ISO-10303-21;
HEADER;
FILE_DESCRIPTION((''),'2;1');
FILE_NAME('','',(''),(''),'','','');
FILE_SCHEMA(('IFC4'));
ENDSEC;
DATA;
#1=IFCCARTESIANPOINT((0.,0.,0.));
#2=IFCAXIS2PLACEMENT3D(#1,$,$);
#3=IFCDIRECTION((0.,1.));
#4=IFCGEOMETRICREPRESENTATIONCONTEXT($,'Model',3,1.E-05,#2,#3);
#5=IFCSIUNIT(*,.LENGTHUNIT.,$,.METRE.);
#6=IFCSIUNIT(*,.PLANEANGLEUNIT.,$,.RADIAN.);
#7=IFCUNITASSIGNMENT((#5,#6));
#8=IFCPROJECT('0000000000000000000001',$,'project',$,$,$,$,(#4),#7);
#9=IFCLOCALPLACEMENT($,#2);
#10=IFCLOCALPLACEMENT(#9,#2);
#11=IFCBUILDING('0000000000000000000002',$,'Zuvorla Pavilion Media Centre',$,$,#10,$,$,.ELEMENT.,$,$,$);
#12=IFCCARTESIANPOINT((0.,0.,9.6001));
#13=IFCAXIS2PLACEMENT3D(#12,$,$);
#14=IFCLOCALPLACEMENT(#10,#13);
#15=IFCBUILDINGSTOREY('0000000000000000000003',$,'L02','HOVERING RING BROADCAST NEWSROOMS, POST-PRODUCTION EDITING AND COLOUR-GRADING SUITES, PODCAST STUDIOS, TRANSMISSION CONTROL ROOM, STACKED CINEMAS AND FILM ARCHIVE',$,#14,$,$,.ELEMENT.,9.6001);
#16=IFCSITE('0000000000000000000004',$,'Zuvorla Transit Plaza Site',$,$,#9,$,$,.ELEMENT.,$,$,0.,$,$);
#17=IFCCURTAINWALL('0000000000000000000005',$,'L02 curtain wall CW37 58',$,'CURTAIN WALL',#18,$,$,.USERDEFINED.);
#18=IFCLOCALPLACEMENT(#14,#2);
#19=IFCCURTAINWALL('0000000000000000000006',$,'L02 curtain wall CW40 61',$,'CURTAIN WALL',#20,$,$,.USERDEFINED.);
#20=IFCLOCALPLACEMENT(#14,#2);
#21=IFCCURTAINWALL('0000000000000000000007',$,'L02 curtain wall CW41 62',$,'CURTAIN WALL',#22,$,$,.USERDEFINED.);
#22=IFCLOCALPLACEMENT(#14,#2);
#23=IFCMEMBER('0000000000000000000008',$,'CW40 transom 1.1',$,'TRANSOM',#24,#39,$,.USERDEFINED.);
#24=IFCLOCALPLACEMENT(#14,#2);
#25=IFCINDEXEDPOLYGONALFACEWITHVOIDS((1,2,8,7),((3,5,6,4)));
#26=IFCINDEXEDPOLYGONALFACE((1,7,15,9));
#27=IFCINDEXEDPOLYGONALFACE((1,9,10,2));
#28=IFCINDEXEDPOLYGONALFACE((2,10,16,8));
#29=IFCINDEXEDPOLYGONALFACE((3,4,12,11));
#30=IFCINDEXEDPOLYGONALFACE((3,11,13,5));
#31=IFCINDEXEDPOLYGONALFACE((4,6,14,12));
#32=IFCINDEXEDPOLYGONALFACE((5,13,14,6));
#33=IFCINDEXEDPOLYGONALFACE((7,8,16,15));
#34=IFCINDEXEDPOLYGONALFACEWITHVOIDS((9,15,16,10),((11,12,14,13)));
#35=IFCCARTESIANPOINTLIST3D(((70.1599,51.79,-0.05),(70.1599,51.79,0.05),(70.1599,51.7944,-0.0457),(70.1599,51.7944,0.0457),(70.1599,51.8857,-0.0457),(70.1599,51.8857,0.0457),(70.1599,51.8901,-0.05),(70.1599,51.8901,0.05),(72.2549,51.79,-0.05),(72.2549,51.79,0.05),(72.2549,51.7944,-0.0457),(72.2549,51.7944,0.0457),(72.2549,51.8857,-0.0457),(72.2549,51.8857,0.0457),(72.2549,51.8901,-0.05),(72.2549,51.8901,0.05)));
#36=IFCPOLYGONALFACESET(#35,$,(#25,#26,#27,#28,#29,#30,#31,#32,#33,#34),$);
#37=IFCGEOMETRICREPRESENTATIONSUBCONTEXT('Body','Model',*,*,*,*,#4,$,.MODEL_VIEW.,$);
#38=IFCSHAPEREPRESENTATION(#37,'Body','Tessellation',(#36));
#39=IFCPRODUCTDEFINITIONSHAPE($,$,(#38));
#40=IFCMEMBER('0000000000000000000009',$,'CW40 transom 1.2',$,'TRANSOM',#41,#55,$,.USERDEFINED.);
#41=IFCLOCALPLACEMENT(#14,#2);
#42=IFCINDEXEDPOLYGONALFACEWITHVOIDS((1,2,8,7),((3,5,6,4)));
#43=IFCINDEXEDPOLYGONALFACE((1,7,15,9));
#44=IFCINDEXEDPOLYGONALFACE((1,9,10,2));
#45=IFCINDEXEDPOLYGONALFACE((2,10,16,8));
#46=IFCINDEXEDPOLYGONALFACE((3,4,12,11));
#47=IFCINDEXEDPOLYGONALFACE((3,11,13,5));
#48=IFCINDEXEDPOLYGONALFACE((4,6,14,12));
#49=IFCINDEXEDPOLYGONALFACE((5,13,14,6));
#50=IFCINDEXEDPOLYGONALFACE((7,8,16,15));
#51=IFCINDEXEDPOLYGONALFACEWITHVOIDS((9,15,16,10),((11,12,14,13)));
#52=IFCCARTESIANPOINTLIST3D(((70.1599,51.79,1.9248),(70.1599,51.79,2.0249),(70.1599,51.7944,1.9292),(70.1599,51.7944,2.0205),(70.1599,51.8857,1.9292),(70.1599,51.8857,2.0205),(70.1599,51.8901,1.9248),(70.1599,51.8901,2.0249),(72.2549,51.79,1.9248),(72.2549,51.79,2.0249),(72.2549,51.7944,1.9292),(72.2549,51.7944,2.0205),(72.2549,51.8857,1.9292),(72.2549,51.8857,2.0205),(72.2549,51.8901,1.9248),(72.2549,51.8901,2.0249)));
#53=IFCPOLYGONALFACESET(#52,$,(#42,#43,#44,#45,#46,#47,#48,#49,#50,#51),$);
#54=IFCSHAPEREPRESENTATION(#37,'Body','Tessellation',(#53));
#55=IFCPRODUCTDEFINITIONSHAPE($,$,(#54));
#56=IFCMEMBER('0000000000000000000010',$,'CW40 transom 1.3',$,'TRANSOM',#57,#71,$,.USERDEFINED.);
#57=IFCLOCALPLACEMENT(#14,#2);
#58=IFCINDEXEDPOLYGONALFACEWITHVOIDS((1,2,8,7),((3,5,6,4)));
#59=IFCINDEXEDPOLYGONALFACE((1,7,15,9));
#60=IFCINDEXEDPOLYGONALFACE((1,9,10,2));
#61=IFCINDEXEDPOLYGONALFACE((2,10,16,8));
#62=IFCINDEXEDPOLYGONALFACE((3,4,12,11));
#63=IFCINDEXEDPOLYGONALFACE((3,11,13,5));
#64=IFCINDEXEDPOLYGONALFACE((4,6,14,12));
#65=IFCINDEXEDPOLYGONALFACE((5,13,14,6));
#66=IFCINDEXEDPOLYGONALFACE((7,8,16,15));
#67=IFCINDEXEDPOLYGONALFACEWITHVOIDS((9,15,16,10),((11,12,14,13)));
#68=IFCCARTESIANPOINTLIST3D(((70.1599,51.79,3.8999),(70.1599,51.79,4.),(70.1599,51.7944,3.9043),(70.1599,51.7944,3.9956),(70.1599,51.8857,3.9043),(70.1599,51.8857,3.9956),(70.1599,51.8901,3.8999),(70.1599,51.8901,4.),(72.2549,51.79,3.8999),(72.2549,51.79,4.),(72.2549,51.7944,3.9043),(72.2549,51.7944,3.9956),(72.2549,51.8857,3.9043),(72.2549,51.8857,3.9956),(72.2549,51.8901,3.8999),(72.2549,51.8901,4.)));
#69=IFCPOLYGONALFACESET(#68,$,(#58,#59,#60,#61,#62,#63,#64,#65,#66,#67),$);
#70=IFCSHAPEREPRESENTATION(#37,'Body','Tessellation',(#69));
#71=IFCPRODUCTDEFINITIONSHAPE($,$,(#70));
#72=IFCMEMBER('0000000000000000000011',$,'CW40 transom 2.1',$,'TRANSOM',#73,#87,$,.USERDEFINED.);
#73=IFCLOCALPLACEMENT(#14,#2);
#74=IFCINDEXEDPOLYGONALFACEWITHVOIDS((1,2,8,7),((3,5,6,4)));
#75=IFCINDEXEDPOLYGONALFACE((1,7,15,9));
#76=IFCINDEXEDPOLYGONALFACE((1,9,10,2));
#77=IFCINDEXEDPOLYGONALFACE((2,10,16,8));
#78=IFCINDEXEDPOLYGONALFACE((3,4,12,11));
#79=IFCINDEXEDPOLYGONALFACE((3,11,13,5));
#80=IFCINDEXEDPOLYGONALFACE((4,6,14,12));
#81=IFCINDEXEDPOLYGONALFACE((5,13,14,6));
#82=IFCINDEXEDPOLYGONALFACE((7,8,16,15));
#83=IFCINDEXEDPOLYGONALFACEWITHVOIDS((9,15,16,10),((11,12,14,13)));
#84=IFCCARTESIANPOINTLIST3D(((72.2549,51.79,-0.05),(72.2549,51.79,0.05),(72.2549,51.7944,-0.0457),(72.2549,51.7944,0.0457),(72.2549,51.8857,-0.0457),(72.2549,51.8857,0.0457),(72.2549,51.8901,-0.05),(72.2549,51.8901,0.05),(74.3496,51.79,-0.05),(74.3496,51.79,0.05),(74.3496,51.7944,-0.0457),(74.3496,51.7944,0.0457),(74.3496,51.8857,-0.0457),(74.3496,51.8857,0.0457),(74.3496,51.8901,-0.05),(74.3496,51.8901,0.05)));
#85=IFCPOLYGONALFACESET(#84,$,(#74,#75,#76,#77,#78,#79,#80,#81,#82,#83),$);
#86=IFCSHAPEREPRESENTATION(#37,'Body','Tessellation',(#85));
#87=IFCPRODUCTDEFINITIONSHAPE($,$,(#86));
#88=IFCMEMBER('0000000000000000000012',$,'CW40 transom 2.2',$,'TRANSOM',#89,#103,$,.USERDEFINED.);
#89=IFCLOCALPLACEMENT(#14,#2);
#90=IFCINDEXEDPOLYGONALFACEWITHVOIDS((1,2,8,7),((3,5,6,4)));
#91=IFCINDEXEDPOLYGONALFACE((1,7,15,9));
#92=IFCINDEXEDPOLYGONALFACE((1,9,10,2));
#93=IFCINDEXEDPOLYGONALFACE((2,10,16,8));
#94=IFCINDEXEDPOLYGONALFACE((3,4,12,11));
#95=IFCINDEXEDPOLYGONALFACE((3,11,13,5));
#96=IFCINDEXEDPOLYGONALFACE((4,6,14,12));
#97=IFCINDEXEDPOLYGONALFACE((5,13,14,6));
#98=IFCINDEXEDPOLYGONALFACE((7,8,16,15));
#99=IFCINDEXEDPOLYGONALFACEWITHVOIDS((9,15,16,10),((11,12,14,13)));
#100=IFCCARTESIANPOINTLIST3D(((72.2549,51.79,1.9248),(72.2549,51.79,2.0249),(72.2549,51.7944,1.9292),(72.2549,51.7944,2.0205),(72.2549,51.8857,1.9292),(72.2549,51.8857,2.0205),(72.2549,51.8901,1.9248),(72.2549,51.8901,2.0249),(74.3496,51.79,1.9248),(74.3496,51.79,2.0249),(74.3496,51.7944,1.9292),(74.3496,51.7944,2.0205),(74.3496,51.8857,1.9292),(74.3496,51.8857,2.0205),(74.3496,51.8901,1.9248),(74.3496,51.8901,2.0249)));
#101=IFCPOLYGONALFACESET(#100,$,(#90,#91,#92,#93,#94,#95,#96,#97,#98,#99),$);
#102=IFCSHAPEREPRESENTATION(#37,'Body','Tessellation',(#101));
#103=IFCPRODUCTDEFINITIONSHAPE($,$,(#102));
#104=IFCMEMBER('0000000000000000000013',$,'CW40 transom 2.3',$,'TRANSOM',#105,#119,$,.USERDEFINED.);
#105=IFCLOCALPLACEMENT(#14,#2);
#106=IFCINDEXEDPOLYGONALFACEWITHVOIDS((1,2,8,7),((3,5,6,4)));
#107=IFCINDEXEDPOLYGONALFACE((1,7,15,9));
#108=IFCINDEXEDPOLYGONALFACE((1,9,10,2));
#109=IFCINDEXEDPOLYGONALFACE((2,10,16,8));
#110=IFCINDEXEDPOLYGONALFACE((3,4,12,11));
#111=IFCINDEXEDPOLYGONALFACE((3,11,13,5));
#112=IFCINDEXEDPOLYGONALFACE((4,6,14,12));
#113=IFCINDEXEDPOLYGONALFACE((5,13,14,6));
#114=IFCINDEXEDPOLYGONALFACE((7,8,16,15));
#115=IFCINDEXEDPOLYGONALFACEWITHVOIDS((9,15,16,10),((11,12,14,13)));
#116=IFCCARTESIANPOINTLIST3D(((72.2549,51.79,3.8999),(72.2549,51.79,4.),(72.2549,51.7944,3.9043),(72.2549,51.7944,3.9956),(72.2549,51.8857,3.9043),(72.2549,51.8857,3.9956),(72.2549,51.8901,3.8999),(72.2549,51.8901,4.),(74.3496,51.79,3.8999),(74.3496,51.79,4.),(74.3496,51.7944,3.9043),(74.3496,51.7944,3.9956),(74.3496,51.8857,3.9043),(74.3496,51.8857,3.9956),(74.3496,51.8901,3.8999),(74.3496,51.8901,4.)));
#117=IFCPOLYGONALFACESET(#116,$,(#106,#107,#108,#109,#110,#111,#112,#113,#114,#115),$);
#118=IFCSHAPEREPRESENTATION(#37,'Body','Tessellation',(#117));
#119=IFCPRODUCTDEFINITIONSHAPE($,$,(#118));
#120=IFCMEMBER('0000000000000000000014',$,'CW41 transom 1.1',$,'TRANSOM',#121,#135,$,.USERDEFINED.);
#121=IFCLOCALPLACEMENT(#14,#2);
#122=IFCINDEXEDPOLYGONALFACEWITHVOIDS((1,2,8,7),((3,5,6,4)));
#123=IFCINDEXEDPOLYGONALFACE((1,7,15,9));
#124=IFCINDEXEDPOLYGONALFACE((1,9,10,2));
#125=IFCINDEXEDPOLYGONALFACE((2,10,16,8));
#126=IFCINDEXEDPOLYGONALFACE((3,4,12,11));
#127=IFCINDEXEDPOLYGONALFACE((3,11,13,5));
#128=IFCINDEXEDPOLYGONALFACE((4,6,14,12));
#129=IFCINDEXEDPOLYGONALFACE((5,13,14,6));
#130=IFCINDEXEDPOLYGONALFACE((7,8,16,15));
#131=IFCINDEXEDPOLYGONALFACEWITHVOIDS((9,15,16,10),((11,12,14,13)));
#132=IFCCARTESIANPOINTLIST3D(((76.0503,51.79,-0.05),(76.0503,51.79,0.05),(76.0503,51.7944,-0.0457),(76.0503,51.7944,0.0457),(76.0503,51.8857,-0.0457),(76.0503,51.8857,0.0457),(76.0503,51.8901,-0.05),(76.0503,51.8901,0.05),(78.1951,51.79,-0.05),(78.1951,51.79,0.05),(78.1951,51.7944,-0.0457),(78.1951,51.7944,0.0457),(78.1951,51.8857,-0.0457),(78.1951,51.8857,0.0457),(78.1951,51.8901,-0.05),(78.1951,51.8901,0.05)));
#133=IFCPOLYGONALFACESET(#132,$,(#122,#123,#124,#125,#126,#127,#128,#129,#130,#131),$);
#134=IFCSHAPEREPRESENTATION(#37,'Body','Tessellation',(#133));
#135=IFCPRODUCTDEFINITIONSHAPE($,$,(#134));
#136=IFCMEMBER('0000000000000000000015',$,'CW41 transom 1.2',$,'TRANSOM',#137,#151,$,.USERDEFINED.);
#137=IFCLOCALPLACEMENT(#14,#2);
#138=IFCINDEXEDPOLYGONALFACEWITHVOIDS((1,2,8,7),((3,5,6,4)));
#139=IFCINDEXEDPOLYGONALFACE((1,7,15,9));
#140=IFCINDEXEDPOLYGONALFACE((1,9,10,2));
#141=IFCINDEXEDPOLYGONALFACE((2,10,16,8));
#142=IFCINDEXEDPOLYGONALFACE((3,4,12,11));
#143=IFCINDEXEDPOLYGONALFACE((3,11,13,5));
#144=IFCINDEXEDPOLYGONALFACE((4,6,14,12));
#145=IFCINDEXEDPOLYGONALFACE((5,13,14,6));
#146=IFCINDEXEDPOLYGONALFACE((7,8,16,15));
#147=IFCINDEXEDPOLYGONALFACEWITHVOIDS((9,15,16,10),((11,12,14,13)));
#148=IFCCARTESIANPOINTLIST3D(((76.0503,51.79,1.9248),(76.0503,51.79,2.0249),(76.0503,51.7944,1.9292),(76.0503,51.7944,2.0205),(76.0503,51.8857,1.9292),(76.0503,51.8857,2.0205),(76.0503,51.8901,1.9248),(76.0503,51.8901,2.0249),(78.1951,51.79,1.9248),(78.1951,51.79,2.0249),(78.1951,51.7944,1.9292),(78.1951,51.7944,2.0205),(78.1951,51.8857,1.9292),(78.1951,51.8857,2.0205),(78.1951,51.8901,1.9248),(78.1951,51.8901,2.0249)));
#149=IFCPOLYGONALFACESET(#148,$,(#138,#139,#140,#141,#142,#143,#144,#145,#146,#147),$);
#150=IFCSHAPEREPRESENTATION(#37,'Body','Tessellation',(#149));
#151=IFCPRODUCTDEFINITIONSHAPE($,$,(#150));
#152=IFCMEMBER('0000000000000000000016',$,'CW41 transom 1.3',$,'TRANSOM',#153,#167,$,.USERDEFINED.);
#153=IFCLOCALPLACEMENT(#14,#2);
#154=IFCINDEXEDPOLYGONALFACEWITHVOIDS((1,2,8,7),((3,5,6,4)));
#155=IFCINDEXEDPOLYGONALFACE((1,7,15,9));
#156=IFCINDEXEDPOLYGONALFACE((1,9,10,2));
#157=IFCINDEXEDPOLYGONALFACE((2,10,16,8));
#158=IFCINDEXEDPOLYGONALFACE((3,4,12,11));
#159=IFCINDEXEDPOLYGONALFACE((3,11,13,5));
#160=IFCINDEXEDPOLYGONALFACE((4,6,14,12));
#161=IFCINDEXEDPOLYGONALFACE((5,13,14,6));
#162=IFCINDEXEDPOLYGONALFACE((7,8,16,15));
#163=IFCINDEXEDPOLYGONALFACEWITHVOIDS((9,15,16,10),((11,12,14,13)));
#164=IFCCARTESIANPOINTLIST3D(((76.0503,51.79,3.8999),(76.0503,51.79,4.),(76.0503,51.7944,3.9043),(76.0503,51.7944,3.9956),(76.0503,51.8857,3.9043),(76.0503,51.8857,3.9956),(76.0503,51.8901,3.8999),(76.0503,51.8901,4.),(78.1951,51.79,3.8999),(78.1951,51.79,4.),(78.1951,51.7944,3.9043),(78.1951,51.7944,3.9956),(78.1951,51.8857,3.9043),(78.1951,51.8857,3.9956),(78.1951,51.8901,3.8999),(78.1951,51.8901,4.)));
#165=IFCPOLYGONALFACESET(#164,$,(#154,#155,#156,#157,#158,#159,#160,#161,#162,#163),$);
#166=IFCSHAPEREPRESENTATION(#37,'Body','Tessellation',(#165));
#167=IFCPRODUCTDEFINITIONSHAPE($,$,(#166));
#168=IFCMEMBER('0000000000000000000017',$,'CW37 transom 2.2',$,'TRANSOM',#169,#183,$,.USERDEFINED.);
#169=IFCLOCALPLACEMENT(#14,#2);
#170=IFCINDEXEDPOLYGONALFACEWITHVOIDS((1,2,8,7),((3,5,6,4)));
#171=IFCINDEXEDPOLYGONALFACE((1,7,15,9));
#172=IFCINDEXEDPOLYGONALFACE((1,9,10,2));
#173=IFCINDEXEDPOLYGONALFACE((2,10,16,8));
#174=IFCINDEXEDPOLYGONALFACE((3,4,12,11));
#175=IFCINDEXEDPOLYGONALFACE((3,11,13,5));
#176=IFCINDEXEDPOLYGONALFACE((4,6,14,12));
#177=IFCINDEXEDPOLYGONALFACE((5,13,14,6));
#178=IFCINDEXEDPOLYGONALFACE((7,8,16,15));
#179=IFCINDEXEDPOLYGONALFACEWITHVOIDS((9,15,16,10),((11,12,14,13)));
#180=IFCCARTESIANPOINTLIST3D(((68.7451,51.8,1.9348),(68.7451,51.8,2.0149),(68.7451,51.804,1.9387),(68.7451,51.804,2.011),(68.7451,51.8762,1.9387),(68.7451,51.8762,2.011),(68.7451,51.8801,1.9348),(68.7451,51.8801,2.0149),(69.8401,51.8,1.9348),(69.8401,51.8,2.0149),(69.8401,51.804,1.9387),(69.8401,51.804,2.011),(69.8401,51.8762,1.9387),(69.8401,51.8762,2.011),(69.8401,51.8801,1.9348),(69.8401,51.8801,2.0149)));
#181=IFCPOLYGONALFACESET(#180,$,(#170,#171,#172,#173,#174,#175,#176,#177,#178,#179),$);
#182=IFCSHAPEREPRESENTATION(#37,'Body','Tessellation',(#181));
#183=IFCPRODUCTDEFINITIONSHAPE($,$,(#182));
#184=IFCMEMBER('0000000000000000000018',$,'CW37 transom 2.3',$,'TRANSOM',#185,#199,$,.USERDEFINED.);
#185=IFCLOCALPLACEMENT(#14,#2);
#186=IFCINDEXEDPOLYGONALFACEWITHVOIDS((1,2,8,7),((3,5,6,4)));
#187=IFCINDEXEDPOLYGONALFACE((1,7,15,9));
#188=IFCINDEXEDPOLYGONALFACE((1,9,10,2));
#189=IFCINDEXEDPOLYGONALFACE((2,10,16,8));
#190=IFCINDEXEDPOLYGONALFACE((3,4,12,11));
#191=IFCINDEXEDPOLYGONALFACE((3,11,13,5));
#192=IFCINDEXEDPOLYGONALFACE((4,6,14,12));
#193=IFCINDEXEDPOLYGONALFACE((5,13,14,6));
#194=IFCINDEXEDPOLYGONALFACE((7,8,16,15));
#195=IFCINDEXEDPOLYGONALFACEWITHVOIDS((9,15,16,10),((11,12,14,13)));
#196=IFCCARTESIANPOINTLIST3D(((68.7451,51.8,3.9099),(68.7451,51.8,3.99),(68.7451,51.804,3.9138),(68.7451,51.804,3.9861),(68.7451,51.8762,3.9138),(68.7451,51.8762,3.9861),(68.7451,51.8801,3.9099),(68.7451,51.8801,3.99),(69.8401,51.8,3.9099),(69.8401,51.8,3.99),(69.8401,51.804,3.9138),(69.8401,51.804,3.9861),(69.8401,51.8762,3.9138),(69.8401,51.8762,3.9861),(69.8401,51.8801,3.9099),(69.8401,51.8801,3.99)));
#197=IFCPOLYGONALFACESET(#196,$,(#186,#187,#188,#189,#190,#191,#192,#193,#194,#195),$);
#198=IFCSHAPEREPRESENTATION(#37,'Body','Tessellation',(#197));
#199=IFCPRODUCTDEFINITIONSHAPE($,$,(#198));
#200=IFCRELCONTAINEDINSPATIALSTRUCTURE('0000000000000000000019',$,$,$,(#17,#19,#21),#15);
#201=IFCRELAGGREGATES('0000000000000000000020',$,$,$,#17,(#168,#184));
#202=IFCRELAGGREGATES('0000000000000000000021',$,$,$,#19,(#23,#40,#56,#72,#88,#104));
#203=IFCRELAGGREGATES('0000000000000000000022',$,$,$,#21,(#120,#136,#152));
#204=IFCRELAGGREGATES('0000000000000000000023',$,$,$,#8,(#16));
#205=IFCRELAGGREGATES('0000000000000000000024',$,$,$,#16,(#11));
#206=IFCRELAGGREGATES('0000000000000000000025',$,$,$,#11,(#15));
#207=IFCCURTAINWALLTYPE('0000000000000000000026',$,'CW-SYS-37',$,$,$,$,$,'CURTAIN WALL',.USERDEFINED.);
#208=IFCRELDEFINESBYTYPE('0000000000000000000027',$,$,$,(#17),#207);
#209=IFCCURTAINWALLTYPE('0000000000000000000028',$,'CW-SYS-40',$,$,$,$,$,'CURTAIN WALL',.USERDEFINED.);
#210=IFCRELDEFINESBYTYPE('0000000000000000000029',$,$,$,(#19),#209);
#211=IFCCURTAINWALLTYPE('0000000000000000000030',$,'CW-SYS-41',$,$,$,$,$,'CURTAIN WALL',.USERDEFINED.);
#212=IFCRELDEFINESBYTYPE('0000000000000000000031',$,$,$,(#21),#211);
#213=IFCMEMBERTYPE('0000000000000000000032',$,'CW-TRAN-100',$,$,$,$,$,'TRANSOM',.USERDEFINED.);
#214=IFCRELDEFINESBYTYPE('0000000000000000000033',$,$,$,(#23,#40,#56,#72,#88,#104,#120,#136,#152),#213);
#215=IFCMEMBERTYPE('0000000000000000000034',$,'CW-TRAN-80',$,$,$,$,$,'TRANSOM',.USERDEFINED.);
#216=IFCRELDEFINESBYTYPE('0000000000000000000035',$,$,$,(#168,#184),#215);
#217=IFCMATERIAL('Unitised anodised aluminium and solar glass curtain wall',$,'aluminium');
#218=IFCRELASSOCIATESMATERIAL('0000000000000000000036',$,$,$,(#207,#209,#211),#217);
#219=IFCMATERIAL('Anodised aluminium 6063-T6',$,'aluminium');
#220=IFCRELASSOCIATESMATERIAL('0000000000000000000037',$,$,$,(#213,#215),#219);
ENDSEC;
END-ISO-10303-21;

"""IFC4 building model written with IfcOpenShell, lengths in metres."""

from ifc_helpers import new_model, si_unit, direction, frame, origin, origin_2d, place, context, subcontext, project, spatial, hollow_rectangle, extrude, material, material_profile, profile_set, type_object, element, aggregate, save


model = new_model("IFC4")

# Units and contexts
model_context = context("Model", 3, precision=1e-05, world=origin(), true_north=direction((0.0, 1.0)))
body_context = subcontext(model_context, "Body", "Model", "MODEL_VIEW")
ifc_project = project(units=[si_unit("LENGTHUNIT", "METRE"), si_unit("PLANEANGLEUNIT", "RADIAN")], contexts=[model_context])

# Site, building, storey
site_placement = place(None, origin())
site = spatial("IfcSite", under=ifc_project, at=site_placement, Name="Zuvorla Transit Plaza Site", CompositionType="ELEMENT", RefElevation=0.0)
building_placement = place(site_placement, origin())
building = spatial("IfcBuilding", under=site, at=building_placement, Name="Zuvorla Pavilion Media Centre", CompositionType="ELEMENT")
storey_placement = place(building_placement, frame((0.0, 0.0, 9.6001)))
storey = spatial("IfcBuildingStorey", under=building, at=storey_placement, Name="L02", Description="HOVERING RING BROADCAST NEWSROOMS, POST-PRODUCTION EDITING AND COLOUR-GRADING SUITES, PODCAST STUDIOS, TRANSMISSION CONTROL ROOM, STACKED CINEMAS AND FILM ARCHIVE", CompositionType="ELEMENT", Elevation=9.6001)

# Curtain wall
ifc_material_1 = material(Name="Unitised anodised aluminium and solar glass curtain wall", Category="aluminium")
curtain_wall_type_1 = type_object("IfcCurtainWallType", Name="CW-SYS-37", ElementType="CURTAIN WALL", PredefinedType="USERDEFINED", material=ifc_material_1)
curtain_wall_1_placement = place(storey_placement, origin())
curtain_wall_1 = element("IfcCurtainWall", 1, at=curtain_wall_1_placement, inside=storey, type_object=curtain_wall_type_1, Name="L02 curtain wall CW37 58", ObjectType="CURTAIN WALL", PredefinedType="USERDEFINED")
ifc_material_2 = material(Name="Anodised aluminium 6063-T6", Category="aluminium")

# Curtain wall
curtain_wall_type_2 = type_object("IfcCurtainWallType", Name="CW-SYS-40", ElementType="CURTAIN WALL", PredefinedType="USERDEFINED", material=ifc_material_1)
curtain_wall_2_placement = place(storey_placement, origin())
curtain_wall_2 = element("IfcCurtainWall", 2, at=curtain_wall_2_placement, inside=storey, type_object=curtain_wall_type_2, Name="L02 curtain wall CW40 61", ObjectType="CURTAIN WALL", PredefinedType="USERDEFINED")

# Curtain wall
curtain_wall_type_3 = type_object("IfcCurtainWallType", Name="CW-SYS-41", ElementType="CURTAIN WALL", PredefinedType="USERDEFINED", material=ifc_material_1)
curtain_wall_3_placement = place(storey_placement, origin())
curtain_wall_3 = element("IfcCurtainWall", 3, at=curtain_wall_3_placement, inside=storey, type_object=curtain_wall_type_3, Name="L02 curtain wall CW41 62", ObjectType="CURTAIN WALL", PredefinedType="USERDEFINED")

# Members
ifc_material_profile_1 = material_profile(ifc_material_2, hollow_rectangle(XDim=0.1001, YDim=0.1001, WallThickness=0.0044, at=origin_2d()), Name="ALU TRAN 100x100")
ifc_profile_set_1 = profile_set([ifc_material_profile_1], Name="Anodised aluminium 6063-T6")
member_type_1 = type_object("IfcMemberType", Name="CW-TRAN-100", ElementType="TRANSOM", PredefinedType="USERDEFINED", material=ifc_profile_set_1)
member_1_placement = place(storey_placement, frame((70.1599, 51.8401, 0.0), z_axis=(1.0, 0.0, 0.0), x_axis=(0.0, 1.0, 0.0)))
member_1 = element("IfcMember", 4, at=member_1_placement, type_object=member_type_1, Name="CW40 transom 1.1", ObjectType="TRANSOM", PredefinedType="USERDEFINED", context=body_context, shape_type="SweptSolid", body=[
    extrude(hollow_rectangle(XDim=0.1001, YDim=0.1001, WallThickness=0.0044, at=origin_2d()), origin(), (0.0, 0.0, 1.0), 2.095),
])
member_2_placement = place(storey_placement, frame((70.1599, 51.8401, 1.9749), z_axis=(1.0, 0.0, 0.0), x_axis=(0.0, 1.0, 0.0)))
member_2 = element("IfcMember", 5, at=member_2_placement, type_object=member_type_1, Name="CW40 transom 1.2", ObjectType="TRANSOM", PredefinedType="USERDEFINED", context=body_context, shape_type="SweptSolid", body=[
    extrude(hollow_rectangle(XDim=0.1001, YDim=0.1001, WallThickness=0.0044, at=origin_2d()), origin(), (0.0, 0.0, 1.0), 2.095),
])
member_3_placement = place(storey_placement, frame((70.1599, 51.8401, 3.95), z_axis=(1.0, 0.0, 0.0), x_axis=(0.0, 1.0, 0.0)))
member_3 = element("IfcMember", 6, at=member_3_placement, type_object=member_type_1, Name="CW40 transom 1.3", ObjectType="TRANSOM", PredefinedType="USERDEFINED", context=body_context, shape_type="SweptSolid", body=[
    extrude(hollow_rectangle(XDim=0.1001, YDim=0.1001, WallThickness=0.0044, at=origin_2d()), origin(), (0.0, 0.0, 1.0), 2.095),
])
member_4_placement = place(storey_placement, frame((72.2549, 51.8401, 0.0), z_axis=(1.0, 0.0, 0.0), x_axis=(0.0, 1.0, 0.0)))
member_4 = element("IfcMember", 7, at=member_4_placement, type_object=member_type_1, Name="CW40 transom 2.1", ObjectType="TRANSOM", PredefinedType="USERDEFINED", context=body_context, shape_type="SweptSolid", body=[
    extrude(hollow_rectangle(XDim=0.1001, YDim=0.1001, WallThickness=0.0044, at=origin_2d()), origin(), (0.0, 0.0, 1.0), 2.0947),
])
member_5_placement = place(storey_placement, frame((72.2549, 51.8401, 1.9749), z_axis=(1.0, 0.0, 0.0), x_axis=(0.0, 1.0, 0.0)))
member_5 = element("IfcMember", 8, at=member_5_placement, type_object=member_type_1, Name="CW40 transom 2.2", ObjectType="TRANSOM", PredefinedType="USERDEFINED", context=body_context, shape_type="SweptSolid", body=[
    extrude(hollow_rectangle(XDim=0.1001, YDim=0.1001, WallThickness=0.0044, at=origin_2d()), origin(), (0.0, 0.0, 1.0), 2.0947),
])
member_6_placement = place(storey_placement, frame((72.2549, 51.8401, 3.95), z_axis=(1.0, 0.0, 0.0), x_axis=(0.0, 1.0, 0.0)))
member_6 = element("IfcMember", 9, at=member_6_placement, type_object=member_type_1, Name="CW40 transom 2.3", ObjectType="TRANSOM", PredefinedType="USERDEFINED", context=body_context, shape_type="SweptSolid", body=[
    extrude(hollow_rectangle(XDim=0.1001, YDim=0.1001, WallThickness=0.0044, at=origin_2d()), origin(), (0.0, 0.0, 1.0), 2.0947),
])
member_7_placement = place(storey_placement, frame((76.0503, 51.8401, 0.0), z_axis=(1.0, 0.0, 0.0), x_axis=(0.0, 1.0, 0.0)))
member_7 = element("IfcMember", 10, at=member_7_placement, type_object=member_type_1, Name="CW41 transom 1.1", ObjectType="TRANSOM", PredefinedType="USERDEFINED", context=body_context, shape_type="SweptSolid", body=[
    extrude(hollow_rectangle(XDim=0.1001, YDim=0.1001, WallThickness=0.0044, at=origin_2d()), origin(), (0.0, 0.0, 1.0), 2.1448),
])
member_8_placement = place(storey_placement, frame((76.0503, 51.8401, 1.9749), z_axis=(1.0, 0.0, 0.0), x_axis=(0.0, 1.0, 0.0)))
member_8 = element("IfcMember", 11, at=member_8_placement, type_object=member_type_1, Name="CW41 transom 1.2", ObjectType="TRANSOM", PredefinedType="USERDEFINED", context=body_context, shape_type="SweptSolid", body=[
    extrude(hollow_rectangle(XDim=0.1001, YDim=0.1001, WallThickness=0.0044, at=origin_2d()), origin(), (0.0, 0.0, 1.0), 2.1448),
])
member_9_placement = place(storey_placement, frame((76.0503, 51.8401, 3.95), z_axis=(1.0, 0.0, 0.0), x_axis=(0.0, 1.0, 0.0)))
member_9 = element("IfcMember", 12, at=member_9_placement, type_object=member_type_1, Name="CW41 transom 1.3", ObjectType="TRANSOM", PredefinedType="USERDEFINED", context=body_context, shape_type="SweptSolid", body=[
    extrude(hollow_rectangle(XDim=0.1001, YDim=0.1001, WallThickness=0.0044, at=origin_2d()), origin(), (0.0, 0.0, 1.0), 2.1448),
])
ifc_material_profile_2 = material_profile(ifc_material_2, hollow_rectangle(XDim=0.0801, YDim=0.0801, WallThickness=0.0039, at=origin_2d()), Name="ALU TRAN 80x80")
ifc_profile_set_2 = profile_set([ifc_material_profile_2], Name="Anodised aluminium 6063-T6")
member_type_2 = type_object("IfcMemberType", Name="CW-TRAN-80", ElementType="TRANSOM", PredefinedType="USERDEFINED", material=ifc_profile_set_2)
member_10_placement = place(storey_placement, frame((68.7451, 51.8401, 1.9749), z_axis=(1.0, 0.0, 0.0), x_axis=(0.0, 1.0, 0.0)))
member_10 = element("IfcMember", 13, at=member_10_placement, type_object=member_type_2, Name="CW37 transom 2.2", ObjectType="TRANSOM", PredefinedType="USERDEFINED", context=body_context, shape_type="SweptSolid", body=[
    extrude(hollow_rectangle(XDim=0.0801, YDim=0.0801, WallThickness=0.0039, at=origin_2d()), origin(), (0.0, 0.0, 1.0), 1.095),
])
member_11_placement = place(storey_placement, frame((68.7451, 51.8401, 3.95), z_axis=(1.0, 0.0, 0.0), x_axis=(0.0, 1.0, 0.0)))
member_11 = element("IfcMember", 14, at=member_11_placement, type_object=member_type_2, Name="CW37 transom 2.3", ObjectType="TRANSOM", PredefinedType="USERDEFINED", context=body_context, shape_type="SweptSolid", body=[
    extrude(hollow_rectangle(XDim=0.0801, YDim=0.0801, WallThickness=0.0039, at=origin_2d()), origin(), (0.0, 0.0, 1.0), 1.095),
])

aggregate(curtain_wall_1, [member_10, member_11])
aggregate(curtain_wall_2, [member_1, member_2, member_3, member_4, member_5, member_6])
aggregate(curtain_wall_3, [member_7, member_8, member_9])

save(model, "model.ifc")
